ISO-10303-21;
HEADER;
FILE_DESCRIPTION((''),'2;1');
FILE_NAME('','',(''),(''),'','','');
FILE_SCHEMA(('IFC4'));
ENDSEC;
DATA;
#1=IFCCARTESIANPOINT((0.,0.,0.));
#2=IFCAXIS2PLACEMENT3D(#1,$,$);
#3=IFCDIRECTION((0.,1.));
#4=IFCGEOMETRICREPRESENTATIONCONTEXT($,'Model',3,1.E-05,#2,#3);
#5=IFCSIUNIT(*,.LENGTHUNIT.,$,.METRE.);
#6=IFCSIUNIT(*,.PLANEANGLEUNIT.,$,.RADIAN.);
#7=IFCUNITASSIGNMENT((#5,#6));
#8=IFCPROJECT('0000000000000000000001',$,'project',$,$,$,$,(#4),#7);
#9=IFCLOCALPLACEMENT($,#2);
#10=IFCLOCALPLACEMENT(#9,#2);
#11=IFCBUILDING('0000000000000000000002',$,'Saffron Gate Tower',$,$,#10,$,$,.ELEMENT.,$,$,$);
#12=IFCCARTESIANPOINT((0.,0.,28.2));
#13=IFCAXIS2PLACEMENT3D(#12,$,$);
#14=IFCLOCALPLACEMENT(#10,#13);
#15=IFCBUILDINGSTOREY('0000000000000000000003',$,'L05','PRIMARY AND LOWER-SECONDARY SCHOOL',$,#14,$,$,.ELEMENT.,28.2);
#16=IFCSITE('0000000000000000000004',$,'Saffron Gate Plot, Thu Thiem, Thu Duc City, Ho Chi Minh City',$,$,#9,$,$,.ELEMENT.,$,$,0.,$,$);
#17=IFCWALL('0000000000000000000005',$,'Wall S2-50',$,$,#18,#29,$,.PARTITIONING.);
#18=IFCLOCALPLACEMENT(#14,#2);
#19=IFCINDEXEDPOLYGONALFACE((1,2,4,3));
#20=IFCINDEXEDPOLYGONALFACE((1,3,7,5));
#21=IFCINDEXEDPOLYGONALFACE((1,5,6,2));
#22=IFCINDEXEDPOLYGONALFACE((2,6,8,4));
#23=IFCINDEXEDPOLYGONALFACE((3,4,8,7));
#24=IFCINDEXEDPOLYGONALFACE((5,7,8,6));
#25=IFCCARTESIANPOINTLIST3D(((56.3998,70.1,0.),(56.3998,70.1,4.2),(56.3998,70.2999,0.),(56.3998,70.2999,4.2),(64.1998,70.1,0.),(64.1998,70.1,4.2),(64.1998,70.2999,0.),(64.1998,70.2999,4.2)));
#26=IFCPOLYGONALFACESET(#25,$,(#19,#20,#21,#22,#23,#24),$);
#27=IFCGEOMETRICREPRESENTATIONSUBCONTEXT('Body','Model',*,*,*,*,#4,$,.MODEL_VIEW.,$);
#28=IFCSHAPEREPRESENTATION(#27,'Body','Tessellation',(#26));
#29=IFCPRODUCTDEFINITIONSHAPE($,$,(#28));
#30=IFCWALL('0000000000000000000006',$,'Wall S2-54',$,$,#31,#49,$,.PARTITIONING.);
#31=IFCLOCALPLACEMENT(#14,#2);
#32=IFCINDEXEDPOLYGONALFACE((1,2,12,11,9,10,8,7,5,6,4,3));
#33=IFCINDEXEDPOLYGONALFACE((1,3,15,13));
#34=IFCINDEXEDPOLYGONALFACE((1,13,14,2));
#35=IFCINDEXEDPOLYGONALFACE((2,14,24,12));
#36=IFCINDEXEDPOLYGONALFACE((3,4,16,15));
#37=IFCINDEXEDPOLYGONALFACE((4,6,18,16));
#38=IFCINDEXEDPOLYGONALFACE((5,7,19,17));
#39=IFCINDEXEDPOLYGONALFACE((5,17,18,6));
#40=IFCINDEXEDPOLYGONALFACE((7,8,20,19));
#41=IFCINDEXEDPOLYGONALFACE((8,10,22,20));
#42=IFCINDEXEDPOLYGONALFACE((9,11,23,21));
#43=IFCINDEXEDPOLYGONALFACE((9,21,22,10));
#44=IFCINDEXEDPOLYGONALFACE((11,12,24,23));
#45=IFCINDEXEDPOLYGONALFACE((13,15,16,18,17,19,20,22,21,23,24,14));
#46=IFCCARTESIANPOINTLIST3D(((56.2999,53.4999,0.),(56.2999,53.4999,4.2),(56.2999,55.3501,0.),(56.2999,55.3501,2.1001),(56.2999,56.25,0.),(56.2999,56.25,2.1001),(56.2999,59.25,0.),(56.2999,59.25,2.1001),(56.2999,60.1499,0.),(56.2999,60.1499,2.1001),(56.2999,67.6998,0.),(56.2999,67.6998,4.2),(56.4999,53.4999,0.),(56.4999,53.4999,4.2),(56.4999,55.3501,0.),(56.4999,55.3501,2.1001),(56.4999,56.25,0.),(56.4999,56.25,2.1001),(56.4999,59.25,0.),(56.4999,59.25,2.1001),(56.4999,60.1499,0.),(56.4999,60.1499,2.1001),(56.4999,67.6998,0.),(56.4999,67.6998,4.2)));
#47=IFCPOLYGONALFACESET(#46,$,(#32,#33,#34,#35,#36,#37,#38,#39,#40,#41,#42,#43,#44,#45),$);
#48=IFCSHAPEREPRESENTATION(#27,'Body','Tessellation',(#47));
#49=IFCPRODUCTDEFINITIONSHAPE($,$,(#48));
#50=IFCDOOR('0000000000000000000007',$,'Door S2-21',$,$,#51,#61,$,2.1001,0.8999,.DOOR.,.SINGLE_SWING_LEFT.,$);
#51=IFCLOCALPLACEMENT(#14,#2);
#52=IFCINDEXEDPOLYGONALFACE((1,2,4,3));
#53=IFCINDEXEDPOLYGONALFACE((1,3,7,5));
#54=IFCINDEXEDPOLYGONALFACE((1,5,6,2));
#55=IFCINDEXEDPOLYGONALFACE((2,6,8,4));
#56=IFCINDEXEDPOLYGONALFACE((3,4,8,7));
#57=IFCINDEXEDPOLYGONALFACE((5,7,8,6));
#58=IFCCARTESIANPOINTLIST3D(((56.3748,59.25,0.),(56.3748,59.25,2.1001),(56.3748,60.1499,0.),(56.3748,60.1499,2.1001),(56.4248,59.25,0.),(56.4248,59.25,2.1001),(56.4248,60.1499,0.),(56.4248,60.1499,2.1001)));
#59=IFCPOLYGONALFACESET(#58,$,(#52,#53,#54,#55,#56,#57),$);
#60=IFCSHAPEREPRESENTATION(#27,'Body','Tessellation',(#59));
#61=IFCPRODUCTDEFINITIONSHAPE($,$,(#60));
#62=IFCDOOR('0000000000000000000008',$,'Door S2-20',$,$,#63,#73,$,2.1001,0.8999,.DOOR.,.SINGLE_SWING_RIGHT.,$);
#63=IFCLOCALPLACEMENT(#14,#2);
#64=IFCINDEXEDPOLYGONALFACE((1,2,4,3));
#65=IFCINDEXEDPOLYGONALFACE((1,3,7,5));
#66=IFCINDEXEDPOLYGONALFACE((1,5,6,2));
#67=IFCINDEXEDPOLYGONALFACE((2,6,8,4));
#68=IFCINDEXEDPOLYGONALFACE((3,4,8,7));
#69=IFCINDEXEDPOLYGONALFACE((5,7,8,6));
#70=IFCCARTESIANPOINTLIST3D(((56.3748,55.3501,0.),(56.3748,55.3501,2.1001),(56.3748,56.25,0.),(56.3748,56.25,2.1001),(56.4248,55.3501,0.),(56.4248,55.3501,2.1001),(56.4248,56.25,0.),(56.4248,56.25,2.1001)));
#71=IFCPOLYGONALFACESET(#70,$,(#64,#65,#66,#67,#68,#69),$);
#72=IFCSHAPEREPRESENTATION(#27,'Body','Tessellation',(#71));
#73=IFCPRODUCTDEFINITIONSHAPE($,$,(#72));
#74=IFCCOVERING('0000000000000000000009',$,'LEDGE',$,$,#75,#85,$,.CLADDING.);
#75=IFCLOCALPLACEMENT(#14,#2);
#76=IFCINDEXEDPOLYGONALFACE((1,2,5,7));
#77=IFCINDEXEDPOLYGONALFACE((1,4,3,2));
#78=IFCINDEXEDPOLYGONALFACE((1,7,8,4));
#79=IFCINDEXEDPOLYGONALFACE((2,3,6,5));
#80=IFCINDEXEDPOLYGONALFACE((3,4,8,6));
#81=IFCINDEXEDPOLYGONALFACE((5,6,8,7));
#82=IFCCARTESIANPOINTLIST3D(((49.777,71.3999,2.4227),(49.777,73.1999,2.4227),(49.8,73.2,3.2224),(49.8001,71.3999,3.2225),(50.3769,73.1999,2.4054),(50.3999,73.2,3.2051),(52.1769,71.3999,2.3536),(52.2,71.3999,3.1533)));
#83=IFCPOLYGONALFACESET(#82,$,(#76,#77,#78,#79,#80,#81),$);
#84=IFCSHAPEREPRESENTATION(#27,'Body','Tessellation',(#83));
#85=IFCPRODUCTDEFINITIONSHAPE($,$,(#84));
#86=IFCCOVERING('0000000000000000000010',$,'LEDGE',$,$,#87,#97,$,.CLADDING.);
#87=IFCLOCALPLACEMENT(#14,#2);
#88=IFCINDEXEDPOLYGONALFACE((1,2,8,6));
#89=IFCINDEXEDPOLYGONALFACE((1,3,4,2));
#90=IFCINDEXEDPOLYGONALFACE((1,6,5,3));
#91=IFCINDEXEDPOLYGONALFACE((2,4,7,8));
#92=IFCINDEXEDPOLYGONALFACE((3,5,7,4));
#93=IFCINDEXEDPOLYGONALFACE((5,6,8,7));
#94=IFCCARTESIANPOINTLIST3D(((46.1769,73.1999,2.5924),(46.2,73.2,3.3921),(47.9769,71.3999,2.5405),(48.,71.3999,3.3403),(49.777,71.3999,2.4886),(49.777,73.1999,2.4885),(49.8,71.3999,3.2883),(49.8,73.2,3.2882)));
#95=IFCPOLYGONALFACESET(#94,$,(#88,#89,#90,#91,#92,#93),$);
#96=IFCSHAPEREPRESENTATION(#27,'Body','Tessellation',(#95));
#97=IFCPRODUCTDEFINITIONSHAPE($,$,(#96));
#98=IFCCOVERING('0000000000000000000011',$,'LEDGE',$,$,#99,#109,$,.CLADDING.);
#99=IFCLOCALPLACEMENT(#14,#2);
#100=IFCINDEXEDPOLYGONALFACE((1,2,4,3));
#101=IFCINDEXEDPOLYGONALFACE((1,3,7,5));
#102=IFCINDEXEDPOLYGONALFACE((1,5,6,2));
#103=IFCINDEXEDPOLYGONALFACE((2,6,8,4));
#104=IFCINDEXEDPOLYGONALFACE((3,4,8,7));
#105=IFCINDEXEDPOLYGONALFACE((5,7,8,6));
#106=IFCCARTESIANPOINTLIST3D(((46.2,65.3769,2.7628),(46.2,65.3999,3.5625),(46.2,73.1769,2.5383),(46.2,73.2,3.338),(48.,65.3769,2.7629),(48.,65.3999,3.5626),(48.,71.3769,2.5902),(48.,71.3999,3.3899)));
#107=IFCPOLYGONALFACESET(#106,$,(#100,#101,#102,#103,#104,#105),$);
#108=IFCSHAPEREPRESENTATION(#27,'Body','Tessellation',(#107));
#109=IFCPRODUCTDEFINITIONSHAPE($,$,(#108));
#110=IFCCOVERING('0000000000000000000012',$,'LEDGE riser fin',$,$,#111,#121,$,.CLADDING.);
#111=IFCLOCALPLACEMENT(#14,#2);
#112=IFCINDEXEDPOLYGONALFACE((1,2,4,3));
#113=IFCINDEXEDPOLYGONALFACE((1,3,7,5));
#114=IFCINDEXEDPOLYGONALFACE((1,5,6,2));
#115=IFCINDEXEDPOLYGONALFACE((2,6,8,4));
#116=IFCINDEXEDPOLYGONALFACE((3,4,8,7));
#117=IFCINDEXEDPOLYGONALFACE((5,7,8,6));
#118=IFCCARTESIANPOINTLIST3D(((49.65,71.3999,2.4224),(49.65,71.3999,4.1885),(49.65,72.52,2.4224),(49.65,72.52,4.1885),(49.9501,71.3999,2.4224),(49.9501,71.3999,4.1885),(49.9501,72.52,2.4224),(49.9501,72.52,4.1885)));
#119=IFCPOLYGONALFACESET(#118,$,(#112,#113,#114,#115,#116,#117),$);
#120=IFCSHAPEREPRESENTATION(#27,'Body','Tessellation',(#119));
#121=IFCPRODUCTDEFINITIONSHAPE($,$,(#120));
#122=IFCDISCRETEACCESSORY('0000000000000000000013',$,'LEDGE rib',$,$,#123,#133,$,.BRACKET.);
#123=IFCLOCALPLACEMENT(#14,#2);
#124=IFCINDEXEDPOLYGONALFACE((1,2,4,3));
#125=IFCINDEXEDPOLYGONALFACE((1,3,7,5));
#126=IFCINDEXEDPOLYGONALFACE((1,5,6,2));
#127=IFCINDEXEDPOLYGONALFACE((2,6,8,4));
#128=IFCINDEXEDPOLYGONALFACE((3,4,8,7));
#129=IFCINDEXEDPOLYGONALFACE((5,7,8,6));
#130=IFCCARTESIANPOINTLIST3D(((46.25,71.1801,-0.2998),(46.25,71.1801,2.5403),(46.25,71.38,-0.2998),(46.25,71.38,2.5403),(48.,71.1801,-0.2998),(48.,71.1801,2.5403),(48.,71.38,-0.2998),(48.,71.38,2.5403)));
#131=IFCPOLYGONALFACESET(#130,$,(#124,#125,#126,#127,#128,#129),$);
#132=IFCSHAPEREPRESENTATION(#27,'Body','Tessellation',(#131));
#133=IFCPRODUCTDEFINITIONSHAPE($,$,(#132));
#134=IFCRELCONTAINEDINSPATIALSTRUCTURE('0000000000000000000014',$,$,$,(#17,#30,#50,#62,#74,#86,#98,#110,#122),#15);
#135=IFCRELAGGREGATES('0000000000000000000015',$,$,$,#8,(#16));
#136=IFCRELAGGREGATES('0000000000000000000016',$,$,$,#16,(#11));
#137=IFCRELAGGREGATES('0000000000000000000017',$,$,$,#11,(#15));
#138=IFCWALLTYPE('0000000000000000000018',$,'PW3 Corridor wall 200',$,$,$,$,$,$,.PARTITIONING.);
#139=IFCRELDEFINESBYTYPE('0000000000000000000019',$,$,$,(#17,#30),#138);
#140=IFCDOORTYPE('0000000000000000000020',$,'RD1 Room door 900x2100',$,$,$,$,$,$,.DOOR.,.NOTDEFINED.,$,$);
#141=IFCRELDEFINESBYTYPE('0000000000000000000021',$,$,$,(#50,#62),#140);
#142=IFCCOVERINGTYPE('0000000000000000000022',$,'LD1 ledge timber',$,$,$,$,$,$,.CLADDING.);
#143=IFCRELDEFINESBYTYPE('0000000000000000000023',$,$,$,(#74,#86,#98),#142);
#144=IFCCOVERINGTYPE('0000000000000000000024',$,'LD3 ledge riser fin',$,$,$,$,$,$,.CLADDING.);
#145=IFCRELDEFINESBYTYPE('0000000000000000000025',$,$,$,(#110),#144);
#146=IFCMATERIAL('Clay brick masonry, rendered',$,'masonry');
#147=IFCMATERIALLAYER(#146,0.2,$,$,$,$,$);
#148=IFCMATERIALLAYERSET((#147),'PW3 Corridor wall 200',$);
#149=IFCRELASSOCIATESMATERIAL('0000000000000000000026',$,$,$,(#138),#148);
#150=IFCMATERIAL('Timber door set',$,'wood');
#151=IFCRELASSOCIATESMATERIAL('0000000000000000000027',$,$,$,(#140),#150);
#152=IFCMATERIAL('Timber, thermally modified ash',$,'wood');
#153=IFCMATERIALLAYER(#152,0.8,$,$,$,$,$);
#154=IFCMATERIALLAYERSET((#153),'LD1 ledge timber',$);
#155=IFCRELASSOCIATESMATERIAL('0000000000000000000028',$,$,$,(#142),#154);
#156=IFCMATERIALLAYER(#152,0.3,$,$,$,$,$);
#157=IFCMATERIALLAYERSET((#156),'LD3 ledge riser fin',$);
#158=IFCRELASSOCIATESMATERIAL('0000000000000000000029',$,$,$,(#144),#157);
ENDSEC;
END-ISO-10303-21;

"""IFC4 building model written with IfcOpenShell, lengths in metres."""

from ifc_helpers import new_model, si_unit, direction, frame, frame_2d, origin, origin_2d, place, context, subcontext, project, spatial, polyline, rectangle, outline, extrude, material, layer, layer_set, type_object, element, fill, save


model = new_model("IFC4")

# Units and contexts
model_context = context("Model", 3, precision=1e-05, world=origin(), true_north=direction((0.0, 1.0)))
body_context = subcontext(model_context, "Body", "Model", "MODEL_VIEW")
ifc_project = project(units=[si_unit("LENGTHUNIT", "METRE"), si_unit("PLANEANGLEUNIT", "RADIAN")], contexts=[model_context])

# Site, building, storey
site_placement = place(None, origin())
site = spatial("IfcSite", under=ifc_project, at=site_placement, Name="Saffron Gate Plot, Thu Thiem, Thu Duc City, Ho Chi Minh City", CompositionType="ELEMENT", RefElevation=0.0)
building_placement = place(site_placement, origin())
building = spatial("IfcBuilding", under=site, at=building_placement, Name="Saffron Gate Tower", CompositionType="ELEMENT")
storey_placement = place(building_placement, frame((0.0, 0.0, 28.2)))
storey = spatial("IfcBuildingStorey", under=building, at=storey_placement, Name="L05", Description="PRIMARY AND LOWER-SECONDARY SCHOOL", CompositionType="ELEMENT", Elevation=28.2)

# Wall
ifc_material_1 = material(Name="Clay brick masonry, rendered", Category="masonry")
ifc_layer_1 = layer(ifc_material_1, 0.2)
ifc_layer_set_1 = layer_set([ifc_layer_1], Name="PW3 Corridor wall 200")
wall_type = type_object("IfcWallType", Name="PW3 Corridor wall 200", PredefinedType="PARTITIONING", material=ifc_layer_set_1)
wall_1_placement = place(storey_placement, frame((56.3999, 70.2, 0.0), z_axis=(0.0, 0.0, 1.0), x_axis=(1.0, 0.0, 0.0)))
element("IfcWall", 1, at=wall_1_placement, inside=storey, type_object=wall_type, Name="Wall S2-50", PredefinedType="PARTITIONING", context=body_context, shape_type="SweptSolid", body=[
    extrude(rectangle(XDim=7.8, YDim=0.2, at=frame_2d((3.8999, 0.0))), origin(), (0.0, 0.0, 1.0), 4.2),
])

# Wall, openings, doors
wall_2_placement = place(storey_placement, frame((56.3999, 67.7, 0.0), z_axis=(0.0, 0.0, 1.0), x_axis=(0.0, -1.0, 0.0)))
wall_2 = element("IfcWall", 2, at=wall_2_placement, inside=storey, type_object=wall_type, Name="Wall S2-54", PredefinedType="PARTITIONING", context=body_context, shape_type="SweptSolid", body=[
    extrude(rectangle(XDim=14.2, YDim=0.2, at=frame_2d((7.1001, 0.0))), origin(), (0.0, 0.0, 1.0), 4.2),
])
opening_1_placement = place(wall_2_placement, frame((7.55, 0.0, 0.0)))
opening_1 = element("IfcOpeningElement", 3, at=opening_1_placement, cuts=wall_2, PredefinedType="OPENING", context=body_context, shape_type="SweptSolid", body=[
    extrude(rectangle(XDim=0.8999, YDim=2.1001, at=frame_2d((0.45, 1.05))), frame((0.0, 0.1099, 0.0), z_axis=(0.0, -1.0, 0.0), x_axis=(1.0, 0.0, 0.0)), (0.0, 0.0, 1.0), 0.22),
])
opening_2_placement = place(wall_2_placement, frame((11.45, 0.0, 0.0)))
opening_2 = element("IfcOpeningElement", 4, at=opening_2_placement, cuts=wall_2, PredefinedType="OPENING", context=body_context, shape_type="SweptSolid", body=[
    extrude(rectangle(XDim=0.8999, YDim=2.1001, at=frame_2d((0.45, 1.05))), frame((0.0, 0.1099, 0.0), z_axis=(0.0, -1.0, 0.0), x_axis=(1.0, 0.0, 0.0)), (0.0, 0.0, 1.0), 0.22),
])
ifc_material_2 = material(Name="Timber door set", Category="wood")
door_type = type_object("IfcDoorType", Name="RD1 Room door 900x2100", OperationType="NOTDEFINED", PredefinedType="DOOR", material=ifc_material_2)
door_1_placement = place(opening_1_placement, origin())
door_1 = element("IfcDoor", 5, at=door_1_placement, inside=storey, type_object=door_type, Name="Door S2-21", OperationType="SINGLE_SWING_LEFT", OverallHeight=2.1001, OverallWidth=0.8999, PredefinedType="DOOR", context=body_context, shape_type="SweptSolid", body=[
    extrude(rectangle(XDim=0.8999, YDim=2.1001, at=frame_2d((0.45, 1.05))), frame((0.0, 0.0249, 0.0), z_axis=(0.0, -1.0, 0.0), x_axis=(1.0, 0.0, 0.0)), (0.0, 0.0, 1.0), 0.05),
])
fill(opening_1, door_1)
door_2_placement = place(opening_2_placement, origin())
door_2 = element("IfcDoor", 6, at=door_2_placement, inside=storey, type_object=door_type, Name="Door S2-20", OperationType="SINGLE_SWING_RIGHT", OverallHeight=2.1001, OverallWidth=0.8999, PredefinedType="DOOR", context=body_context, shape_type="SweptSolid", body=[
    extrude(rectangle(XDim=0.8999, YDim=2.1001, at=frame_2d((0.45, 1.05))), frame((0.0, 0.0249, 0.0), z_axis=(0.0, -1.0, 0.0), x_axis=(1.0, 0.0, 0.0)), (0.0, 0.0, 1.0), 0.05),
])
fill(opening_2, door_2)

# Coverings
ifc_material_3 = material(Name="Timber, thermally modified ash", Category="wood")
ifc_layer_2 = layer(ifc_material_3, 0.8)
ifc_layer_set_2 = layer_set([ifc_layer_2], Name="LD1 ledge timber")
covering_type_1 = type_object("IfcCoveringType", Name="LD1 ledge timber", PredefinedType="CLADDING", material=ifc_layer_set_2)
covering_1_placement = place(storey_placement, frame((52.2, 71.3999, 3.1533), z_axis=(0.028799, 0.000029, 0.999585), x_axis=(-0.999585, 0.0, 0.028799)))
element("IfcCovering", 7, at=covering_1_placement, inside=storey, type_object=covering_type_1, Name="LEDGE", PredefinedType="CLADDING", context=body_context, shape_type="SweptSolid", body=[
    extrude(outline(polyline([(0.0, 0.0), (2.4009, 0.0), (2.4009, -1.8), (1.8008, -1.8), (0.0, 0.0)])), origin(), (0.0, 0.0, -1.0), 0.8),
])
covering_2_placement = place(storey_placement, frame((49.8, 71.3999, 3.2883), z_axis=(0.028832, 0.000045, 0.999584), x_axis=(-0.999584, 0.0, 0.028832)))
element("IfcCovering", 8, at=covering_2_placement, inside=storey, type_object=covering_type_1, Name="LEDGE", PredefinedType="CLADDING", context=body_context, shape_type="SweptSolid", body=[
    extrude(outline(polyline([(0.0, 0.0), (1.8008, 0.0), (3.6016, -1.8), (0.0, -1.8), (0.0, 0.0)])), origin(), (0.0, 0.0, -1.0), 0.8),
])
covering_3_placement = place(storey_placement, frame((48.0, 71.3999, 3.3899), z_axis=(-0.000053, 0.028772, 0.999586), x_axis=(0.0, -0.999586, 0.028772)))
element("IfcCovering", 9, at=covering_3_placement, inside=storey, type_object=covering_type_1, Name="LEDGE", PredefinedType="CLADDING", context=body_context, shape_type="SweptSolid", body=[
    extrude(outline(polyline([(0.0, 0.0), (6.0025, 0.0), (6.0025, -1.8), (-1.8008, -1.8), (0.0, 0.0)])), origin(), (0.0, 0.0, -1.0), 0.8),
])
ifc_layer_3 = layer(ifc_material_3, 0.3)
ifc_layer_set_3 = layer_set([ifc_layer_3], Name="LD3 ledge riser fin")
covering_type_2 = type_object("IfcCoveringType", Name="LD3 ledge riser fin", PredefinedType="CLADDING", material=ifc_layer_set_3)
covering_4_placement = place(storey_placement, frame((49.8, 71.96, 2.4224), z_axis=(0.0, 0.0, 1.0), x_axis=(-1.0, 0.0, 0.0)))
element("IfcCovering", 10, at=covering_4_placement, inside=storey, type_object=covering_type_2, Name="LEDGE riser fin", PredefinedType="CLADDING", context=body_context, shape_type="SweptSolid", body=[
    extrude(rectangle(XDim=0.3, YDim=1.1201, at=origin_2d()), origin(), (0.0, 0.0, 1.0), 1.7661),
])

# Discrete accessory
discrete_accessory_placement = place(storey_placement, frame((47.125, 71.28, -0.2998), z_axis=(0.0, 0.0, 1.0), x_axis=(0.0, -1.0, 0.0)))
element("IfcDiscreteAccessory", 11, at=discrete_accessory_placement, inside=storey, Name="LEDGE rib", PredefinedType="BRACKET", context=body_context, shape_type="SweptSolid", body=[
    extrude(rectangle(XDim=0.2, YDim=1.75, at=origin_2d()), origin(), (0.0, 0.0, 1.0), 2.8401),
])

save(model, "model.ifc")
